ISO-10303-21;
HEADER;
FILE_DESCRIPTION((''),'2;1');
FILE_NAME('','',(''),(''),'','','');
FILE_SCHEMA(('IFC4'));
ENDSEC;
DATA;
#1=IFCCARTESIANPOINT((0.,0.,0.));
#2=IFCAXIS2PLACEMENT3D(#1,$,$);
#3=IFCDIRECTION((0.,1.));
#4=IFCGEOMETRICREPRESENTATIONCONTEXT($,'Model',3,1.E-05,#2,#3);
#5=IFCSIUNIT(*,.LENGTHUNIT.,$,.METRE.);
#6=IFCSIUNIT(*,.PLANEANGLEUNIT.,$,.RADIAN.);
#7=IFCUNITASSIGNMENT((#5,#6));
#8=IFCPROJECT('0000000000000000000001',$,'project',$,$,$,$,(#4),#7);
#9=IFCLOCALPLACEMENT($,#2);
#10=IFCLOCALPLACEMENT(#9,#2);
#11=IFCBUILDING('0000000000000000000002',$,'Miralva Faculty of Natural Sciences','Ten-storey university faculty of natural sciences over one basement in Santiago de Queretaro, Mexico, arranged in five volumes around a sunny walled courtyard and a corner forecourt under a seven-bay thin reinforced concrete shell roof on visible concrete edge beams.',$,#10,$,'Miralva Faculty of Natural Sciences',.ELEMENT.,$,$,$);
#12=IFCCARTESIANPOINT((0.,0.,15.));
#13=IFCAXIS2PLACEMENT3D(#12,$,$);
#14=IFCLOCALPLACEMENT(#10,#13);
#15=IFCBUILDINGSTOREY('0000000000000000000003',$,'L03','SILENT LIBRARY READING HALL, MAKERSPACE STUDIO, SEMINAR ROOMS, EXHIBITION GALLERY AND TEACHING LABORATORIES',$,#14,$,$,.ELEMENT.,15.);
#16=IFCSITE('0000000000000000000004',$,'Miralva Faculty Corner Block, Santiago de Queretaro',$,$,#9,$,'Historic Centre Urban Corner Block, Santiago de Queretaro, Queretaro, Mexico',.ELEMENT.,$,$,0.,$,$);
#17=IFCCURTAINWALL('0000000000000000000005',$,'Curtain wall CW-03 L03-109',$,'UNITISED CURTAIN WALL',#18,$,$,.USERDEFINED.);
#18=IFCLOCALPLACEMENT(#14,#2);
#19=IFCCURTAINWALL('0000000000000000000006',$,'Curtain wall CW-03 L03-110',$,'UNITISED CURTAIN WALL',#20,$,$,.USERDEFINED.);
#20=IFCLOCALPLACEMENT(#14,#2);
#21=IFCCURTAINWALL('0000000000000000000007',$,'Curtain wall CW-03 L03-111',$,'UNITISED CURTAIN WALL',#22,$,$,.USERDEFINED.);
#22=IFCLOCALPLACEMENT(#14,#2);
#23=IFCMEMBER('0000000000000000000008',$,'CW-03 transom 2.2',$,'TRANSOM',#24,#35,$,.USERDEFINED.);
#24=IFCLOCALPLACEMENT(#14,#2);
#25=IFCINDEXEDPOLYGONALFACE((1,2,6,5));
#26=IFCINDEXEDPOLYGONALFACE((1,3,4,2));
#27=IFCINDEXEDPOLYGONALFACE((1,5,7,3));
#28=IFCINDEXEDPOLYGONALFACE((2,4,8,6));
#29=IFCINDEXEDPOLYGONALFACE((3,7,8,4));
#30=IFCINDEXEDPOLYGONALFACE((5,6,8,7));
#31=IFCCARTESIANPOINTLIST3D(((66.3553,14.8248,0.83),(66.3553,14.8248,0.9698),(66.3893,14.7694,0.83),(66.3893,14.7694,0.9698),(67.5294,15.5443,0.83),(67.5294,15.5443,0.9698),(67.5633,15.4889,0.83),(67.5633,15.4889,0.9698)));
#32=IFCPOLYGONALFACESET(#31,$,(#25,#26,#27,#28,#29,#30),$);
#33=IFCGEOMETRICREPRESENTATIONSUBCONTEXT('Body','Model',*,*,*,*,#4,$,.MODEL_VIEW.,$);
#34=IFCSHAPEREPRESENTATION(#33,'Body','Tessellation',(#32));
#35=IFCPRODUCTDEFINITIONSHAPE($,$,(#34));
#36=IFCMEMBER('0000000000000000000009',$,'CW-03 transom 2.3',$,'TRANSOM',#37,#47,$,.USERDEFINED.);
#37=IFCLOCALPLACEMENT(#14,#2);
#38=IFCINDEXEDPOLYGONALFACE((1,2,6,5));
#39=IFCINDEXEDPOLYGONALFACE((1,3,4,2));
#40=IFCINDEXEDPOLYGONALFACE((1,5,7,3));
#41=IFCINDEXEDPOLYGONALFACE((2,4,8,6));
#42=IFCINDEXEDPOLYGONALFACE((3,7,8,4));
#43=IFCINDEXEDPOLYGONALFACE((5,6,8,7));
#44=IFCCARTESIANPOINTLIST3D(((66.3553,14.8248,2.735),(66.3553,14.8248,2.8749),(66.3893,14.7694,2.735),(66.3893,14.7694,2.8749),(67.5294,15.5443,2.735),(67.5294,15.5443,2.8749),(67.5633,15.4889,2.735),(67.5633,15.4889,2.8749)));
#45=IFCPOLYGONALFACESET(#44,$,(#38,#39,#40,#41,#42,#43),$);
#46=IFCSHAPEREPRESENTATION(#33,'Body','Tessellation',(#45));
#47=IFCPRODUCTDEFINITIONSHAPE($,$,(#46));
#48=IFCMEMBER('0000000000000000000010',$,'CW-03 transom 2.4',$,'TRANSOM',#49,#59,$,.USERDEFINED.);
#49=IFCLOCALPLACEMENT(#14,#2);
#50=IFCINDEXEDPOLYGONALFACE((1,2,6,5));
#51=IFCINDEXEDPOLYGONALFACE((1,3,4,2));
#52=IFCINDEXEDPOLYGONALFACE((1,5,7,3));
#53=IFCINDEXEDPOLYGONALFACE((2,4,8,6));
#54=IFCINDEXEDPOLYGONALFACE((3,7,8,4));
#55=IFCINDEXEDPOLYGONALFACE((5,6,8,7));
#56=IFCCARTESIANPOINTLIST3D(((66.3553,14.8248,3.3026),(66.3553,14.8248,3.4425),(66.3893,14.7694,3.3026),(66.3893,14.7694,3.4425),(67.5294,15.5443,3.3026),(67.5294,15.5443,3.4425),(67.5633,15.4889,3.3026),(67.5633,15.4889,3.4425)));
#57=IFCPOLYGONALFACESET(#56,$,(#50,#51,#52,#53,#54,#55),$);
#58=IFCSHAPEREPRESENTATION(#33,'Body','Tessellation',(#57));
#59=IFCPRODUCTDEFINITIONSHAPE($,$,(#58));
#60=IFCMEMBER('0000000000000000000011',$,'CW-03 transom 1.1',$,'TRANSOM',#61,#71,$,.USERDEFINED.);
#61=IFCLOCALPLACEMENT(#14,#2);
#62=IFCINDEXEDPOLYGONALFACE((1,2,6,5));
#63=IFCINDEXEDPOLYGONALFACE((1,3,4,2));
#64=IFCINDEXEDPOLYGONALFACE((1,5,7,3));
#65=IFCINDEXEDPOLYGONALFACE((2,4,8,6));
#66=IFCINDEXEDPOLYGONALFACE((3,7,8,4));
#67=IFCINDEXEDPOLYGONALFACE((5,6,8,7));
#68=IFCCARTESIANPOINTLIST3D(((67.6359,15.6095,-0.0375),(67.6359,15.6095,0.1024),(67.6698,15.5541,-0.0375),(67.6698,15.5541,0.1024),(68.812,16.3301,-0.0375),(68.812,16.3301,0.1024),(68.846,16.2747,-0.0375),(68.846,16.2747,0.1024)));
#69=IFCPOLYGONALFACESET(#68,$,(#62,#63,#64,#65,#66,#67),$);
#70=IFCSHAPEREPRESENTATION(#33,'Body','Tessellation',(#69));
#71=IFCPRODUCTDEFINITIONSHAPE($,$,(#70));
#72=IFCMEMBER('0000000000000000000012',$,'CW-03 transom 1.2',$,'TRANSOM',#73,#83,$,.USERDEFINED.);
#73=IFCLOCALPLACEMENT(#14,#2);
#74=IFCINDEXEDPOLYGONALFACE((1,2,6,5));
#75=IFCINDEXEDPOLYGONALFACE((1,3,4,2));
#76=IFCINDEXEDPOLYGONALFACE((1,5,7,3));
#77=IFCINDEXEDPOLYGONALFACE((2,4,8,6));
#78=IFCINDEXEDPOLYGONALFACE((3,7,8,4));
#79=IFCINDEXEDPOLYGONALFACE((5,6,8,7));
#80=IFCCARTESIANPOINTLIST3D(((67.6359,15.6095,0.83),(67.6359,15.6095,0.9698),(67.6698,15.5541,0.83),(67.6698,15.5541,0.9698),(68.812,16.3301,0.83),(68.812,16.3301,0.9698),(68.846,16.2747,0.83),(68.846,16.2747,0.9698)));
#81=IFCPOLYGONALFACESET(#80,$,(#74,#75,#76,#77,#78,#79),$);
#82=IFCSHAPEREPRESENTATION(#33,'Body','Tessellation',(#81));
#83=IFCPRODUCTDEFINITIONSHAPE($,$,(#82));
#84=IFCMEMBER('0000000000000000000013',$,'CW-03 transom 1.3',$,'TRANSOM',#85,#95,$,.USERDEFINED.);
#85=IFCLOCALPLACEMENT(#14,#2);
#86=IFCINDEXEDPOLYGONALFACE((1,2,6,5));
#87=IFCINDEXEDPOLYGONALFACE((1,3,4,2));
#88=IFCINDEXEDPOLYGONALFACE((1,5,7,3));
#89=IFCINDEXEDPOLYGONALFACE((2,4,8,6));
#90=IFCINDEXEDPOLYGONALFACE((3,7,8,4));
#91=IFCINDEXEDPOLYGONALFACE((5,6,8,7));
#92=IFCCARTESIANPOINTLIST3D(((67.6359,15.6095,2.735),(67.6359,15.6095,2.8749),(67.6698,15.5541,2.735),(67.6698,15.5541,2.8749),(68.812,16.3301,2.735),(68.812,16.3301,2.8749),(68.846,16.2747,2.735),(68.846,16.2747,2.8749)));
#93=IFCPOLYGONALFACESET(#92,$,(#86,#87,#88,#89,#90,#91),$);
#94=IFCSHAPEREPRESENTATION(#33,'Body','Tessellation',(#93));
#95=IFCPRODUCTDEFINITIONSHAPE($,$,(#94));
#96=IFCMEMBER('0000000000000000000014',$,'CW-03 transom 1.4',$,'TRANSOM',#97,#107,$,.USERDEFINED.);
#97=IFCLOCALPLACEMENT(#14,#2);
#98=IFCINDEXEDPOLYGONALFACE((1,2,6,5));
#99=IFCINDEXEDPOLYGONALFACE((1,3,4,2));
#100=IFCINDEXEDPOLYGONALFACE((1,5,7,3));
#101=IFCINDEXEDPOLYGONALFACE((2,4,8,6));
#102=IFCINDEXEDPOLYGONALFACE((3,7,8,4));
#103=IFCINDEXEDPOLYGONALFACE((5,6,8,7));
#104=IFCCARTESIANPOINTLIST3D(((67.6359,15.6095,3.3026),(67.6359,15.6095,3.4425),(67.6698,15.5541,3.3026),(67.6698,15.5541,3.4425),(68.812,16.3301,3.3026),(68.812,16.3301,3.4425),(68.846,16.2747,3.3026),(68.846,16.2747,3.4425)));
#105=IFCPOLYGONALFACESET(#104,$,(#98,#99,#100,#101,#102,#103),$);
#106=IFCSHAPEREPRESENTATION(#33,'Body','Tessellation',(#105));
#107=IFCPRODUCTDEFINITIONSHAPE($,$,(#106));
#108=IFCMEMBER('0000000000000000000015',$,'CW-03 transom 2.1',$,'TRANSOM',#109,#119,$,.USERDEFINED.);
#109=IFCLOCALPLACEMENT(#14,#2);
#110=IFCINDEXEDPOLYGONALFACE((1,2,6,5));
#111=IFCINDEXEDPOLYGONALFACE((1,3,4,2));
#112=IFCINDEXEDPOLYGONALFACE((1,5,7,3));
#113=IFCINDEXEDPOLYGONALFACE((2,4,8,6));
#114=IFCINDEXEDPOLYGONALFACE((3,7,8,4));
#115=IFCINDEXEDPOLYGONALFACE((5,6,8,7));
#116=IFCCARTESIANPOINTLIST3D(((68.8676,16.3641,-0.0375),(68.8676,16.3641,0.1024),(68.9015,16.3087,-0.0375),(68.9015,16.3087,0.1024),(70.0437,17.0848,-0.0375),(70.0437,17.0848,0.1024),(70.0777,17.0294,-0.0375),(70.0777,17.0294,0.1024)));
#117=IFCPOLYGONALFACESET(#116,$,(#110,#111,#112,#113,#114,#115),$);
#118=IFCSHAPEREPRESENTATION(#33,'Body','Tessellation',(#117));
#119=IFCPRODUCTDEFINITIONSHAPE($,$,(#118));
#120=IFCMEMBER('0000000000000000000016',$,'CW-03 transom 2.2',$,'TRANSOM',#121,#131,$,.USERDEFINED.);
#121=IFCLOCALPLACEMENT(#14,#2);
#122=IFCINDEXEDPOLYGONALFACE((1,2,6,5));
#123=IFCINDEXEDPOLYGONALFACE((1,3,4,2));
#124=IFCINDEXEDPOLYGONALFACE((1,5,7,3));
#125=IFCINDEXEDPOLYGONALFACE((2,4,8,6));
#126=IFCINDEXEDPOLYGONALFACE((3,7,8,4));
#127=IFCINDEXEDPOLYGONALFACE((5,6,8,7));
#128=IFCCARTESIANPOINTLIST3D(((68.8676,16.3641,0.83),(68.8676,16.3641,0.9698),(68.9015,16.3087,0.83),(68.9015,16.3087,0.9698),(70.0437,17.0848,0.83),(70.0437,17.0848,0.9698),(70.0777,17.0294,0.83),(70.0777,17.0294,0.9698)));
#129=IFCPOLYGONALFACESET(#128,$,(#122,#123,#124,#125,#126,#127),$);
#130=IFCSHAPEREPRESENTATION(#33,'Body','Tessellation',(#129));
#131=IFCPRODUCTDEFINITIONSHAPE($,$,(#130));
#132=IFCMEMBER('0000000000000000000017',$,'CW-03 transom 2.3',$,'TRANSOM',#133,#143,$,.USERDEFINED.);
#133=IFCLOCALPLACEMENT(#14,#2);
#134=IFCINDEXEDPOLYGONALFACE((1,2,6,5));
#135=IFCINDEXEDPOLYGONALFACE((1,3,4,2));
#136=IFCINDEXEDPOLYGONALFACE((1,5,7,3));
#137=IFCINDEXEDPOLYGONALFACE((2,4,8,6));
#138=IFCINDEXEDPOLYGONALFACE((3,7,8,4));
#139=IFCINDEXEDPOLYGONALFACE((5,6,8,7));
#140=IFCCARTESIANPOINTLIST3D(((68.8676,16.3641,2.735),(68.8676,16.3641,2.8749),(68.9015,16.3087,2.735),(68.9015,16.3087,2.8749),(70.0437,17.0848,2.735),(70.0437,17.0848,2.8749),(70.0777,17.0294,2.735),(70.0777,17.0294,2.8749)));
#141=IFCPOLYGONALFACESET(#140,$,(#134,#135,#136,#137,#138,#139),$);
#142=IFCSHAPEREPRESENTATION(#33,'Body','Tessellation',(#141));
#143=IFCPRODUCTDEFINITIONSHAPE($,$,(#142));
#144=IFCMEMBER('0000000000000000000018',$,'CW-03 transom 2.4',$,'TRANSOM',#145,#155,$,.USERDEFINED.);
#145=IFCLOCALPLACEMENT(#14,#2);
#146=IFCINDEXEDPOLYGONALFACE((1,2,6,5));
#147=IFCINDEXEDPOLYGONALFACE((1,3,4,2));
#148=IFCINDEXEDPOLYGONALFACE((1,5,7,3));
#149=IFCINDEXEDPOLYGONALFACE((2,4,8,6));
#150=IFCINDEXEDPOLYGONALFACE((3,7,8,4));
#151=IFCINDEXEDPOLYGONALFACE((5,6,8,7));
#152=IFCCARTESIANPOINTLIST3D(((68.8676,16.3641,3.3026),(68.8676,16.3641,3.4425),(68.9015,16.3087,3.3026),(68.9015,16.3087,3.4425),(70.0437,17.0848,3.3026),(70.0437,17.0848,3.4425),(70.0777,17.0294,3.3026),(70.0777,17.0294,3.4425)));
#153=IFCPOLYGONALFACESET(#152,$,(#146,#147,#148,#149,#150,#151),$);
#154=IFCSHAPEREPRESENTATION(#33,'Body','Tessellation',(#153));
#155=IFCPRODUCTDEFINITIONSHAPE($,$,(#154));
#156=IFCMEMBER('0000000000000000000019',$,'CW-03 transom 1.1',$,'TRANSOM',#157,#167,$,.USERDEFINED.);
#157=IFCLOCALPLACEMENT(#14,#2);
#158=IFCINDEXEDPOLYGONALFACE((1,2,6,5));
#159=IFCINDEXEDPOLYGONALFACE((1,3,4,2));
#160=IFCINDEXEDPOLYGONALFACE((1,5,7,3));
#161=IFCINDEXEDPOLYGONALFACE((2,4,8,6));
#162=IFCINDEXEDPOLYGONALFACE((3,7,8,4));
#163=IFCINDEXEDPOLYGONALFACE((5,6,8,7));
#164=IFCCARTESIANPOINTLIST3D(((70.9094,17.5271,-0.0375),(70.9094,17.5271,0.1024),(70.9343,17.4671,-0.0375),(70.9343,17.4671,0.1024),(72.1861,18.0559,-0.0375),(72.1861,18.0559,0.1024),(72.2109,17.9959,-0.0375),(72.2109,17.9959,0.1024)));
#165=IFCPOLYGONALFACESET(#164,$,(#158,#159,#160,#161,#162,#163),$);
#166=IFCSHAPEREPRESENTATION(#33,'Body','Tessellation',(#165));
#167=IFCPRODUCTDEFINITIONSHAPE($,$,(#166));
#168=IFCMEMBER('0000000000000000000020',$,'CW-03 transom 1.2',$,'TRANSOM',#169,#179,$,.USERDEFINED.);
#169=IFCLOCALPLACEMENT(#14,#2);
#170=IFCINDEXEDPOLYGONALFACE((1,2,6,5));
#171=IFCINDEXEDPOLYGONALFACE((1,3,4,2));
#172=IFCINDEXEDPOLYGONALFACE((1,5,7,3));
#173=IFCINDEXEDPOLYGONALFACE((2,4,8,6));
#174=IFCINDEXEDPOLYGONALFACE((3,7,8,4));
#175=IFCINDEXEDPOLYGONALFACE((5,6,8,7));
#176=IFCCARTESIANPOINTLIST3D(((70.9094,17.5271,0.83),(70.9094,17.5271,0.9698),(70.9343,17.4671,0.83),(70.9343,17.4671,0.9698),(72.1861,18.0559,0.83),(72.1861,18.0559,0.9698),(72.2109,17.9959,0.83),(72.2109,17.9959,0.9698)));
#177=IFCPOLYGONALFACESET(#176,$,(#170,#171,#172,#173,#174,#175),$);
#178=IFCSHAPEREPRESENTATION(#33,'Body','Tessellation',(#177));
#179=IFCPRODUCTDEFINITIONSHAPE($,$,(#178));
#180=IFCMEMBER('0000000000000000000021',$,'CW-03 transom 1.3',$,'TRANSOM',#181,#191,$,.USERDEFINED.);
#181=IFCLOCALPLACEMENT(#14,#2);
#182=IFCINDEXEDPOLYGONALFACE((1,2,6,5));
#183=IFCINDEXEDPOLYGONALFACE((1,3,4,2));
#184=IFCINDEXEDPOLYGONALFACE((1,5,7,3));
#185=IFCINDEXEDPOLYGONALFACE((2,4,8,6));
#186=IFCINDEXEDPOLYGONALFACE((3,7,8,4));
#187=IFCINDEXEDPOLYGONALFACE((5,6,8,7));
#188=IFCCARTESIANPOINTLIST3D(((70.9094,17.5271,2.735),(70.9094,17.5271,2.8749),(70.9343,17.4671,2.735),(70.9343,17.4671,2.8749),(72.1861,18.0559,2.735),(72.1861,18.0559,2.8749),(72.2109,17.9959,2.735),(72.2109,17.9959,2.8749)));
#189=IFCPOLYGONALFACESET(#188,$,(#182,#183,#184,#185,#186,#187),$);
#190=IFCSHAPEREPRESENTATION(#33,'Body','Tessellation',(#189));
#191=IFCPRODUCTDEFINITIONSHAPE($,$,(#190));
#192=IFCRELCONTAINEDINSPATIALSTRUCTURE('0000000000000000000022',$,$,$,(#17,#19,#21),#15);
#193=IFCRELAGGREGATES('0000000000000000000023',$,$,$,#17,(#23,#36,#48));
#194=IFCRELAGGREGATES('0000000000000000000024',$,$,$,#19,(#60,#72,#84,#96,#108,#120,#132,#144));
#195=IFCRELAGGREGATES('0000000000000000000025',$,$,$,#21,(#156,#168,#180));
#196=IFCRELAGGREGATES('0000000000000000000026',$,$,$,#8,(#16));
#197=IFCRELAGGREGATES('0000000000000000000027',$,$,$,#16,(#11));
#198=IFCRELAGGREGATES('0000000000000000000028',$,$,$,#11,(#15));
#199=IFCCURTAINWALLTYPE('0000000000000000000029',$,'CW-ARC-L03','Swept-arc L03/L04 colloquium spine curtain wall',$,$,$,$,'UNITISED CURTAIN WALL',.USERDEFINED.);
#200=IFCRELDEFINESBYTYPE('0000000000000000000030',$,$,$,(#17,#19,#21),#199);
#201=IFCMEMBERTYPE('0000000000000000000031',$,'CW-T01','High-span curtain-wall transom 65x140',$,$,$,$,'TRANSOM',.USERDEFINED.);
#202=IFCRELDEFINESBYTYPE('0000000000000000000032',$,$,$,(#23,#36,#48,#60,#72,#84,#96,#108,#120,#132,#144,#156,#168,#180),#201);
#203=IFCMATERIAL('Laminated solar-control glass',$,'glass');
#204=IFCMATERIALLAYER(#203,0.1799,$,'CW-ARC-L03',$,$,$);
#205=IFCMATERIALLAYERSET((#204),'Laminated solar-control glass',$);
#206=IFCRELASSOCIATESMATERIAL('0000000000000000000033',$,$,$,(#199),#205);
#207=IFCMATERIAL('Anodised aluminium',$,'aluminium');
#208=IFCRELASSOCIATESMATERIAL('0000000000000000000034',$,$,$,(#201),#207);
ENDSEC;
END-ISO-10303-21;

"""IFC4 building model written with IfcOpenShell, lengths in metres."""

from ifc_helpers import new_model, si_unit, direction, frame, origin, origin_2d, place, context, subcontext, project, spatial, rectangle, extrude, material, layer, layer_set, material_profile, profile_set, type_object, element, aggregate, save


model = new_model("IFC4")

# Units and contexts
model_context = context("Model", 3, precision=1e-05, world=origin(), true_north=direction((0.0, 1.0)))
body_context = subcontext(model_context, "Body", "Model", "MODEL_VIEW")
ifc_project = project(units=[si_unit("LENGTHUNIT", "METRE"), si_unit("PLANEANGLEUNIT", "RADIAN")], contexts=[model_context])

# Site, building, storey
site_placement = place(None, origin())
site = spatial("IfcSite", under=ifc_project, at=site_placement, Name="Miralva Faculty Corner Block, Santiago de Queretaro", LongName="Historic Centre Urban Corner Block, Santiago de Queretaro, Queretaro, Mexico", CompositionType="ELEMENT", RefElevation=0.0)
building_placement = place(site_placement, origin())
building = spatial("IfcBuilding", under=site, at=building_placement, Name="Miralva Faculty of Natural Sciences", Description="Ten-storey university faculty of natural sciences over one basement in Santiago de Queretaro, Mexico, arranged in five volumes around a sunny walled courtyard and a corner forecourt under a seven-bay thin reinforced concrete shell roof on visible concrete edge beams.", LongName="Miralva Faculty of Natural Sciences", CompositionType="ELEMENT")
storey_placement = place(building_placement, frame((0.0, 0.0, 15.0)))
storey = spatial("IfcBuildingStorey", under=building, at=storey_placement, Name="L03", Description="SILENT LIBRARY READING HALL, MAKERSPACE STUDIO, SEMINAR ROOMS, EXHIBITION GALLERY AND TEACHING LABORATORIES", CompositionType="ELEMENT", Elevation=15.0)

# Curtain wall
ifc_material_1 = material(Name="Laminated solar-control glass", Category="glass")
ifc_layer_1 = layer(ifc_material_1, 0.1799, Name="CW-ARC-L03")
ifc_layer_set_1 = layer_set([ifc_layer_1], Name="Laminated solar-control glass")
curtain_wall_type = type_object("IfcCurtainWallType", Name="CW-ARC-L03", Description="Swept-arc L03/L04 colloquium spine curtain wall", ElementType="UNITISED CURTAIN WALL", PredefinedType="USERDEFINED", material=ifc_layer_set_1)
curtain_wall_1_placement = place(storey_placement, origin())
curtain_wall_1 = element("IfcCurtainWall", 1, at=curtain_wall_1_placement, inside=storey, type_object=curtain_wall_type, Name="Curtain wall CW-03 L03-109", ObjectType="UNITISED CURTAIN WALL", PredefinedType="USERDEFINED")
ifc_material_2 = material(Name="Anodised aluminium", Category="aluminium")

# Curtain wall
curtain_wall_2_placement = place(storey_placement, origin())
curtain_wall_2 = element("IfcCurtainWall", 2, at=curtain_wall_2_placement, inside=storey, type_object=curtain_wall_type, Name="Curtain wall CW-03 L03-110", ObjectType="UNITISED CURTAIN WALL", PredefinedType="USERDEFINED")

# Curtain wall
curtain_wall_3_placement = place(storey_placement, origin())
curtain_wall_3 = element("IfcCurtainWall", 3, at=curtain_wall_3_placement, inside=storey, type_object=curtain_wall_type, Name="Curtain wall CW-03 L03-111", ObjectType="UNITISED CURTAIN WALL", PredefinedType="USERDEFINED")

# Members
ifc_material_profile_1 = material_profile(ifc_material_2, rectangle(XDim=0.0649, YDim=0.1399, at=origin_2d()), Name="TRANSOM 65x140")
ifc_profile_set_1 = profile_set([ifc_material_profile_1], Name="Anodised aluminium")
member_type_1 = type_object("IfcMemberType", Name="CW-T01", Description="High-span curtain-wall transom 65x140", ElementType="TRANSOM", PredefinedType="USERDEFINED", material=ifc_profile_set_1)
member_1_placement = place(storey_placement, frame((66.3723, 14.7971, 0.8999), z_axis=(0.852637, 0.522504, 0.0), x_axis=(-0.522504, 0.852637, 0.0)))
member_1 = element("IfcMember", 4, at=member_1_placement, type_object=member_type_1, Name="CW-03 transom 2.2", ObjectType="TRANSOM", PredefinedType="USERDEFINED", context=body_context, shape_type="SweptSolid", body=[
    extrude(rectangle(XDim=0.0649, YDim=0.1399, at=origin_2d()), origin(), (0.0, 0.0, 1.0), 1.377),
])
member_2_placement = place(storey_placement, frame((66.3723, 14.7971, 2.8049), z_axis=(0.852637, 0.522504, 0.0), x_axis=(-0.522504, 0.852637, 0.0)))
member_2 = element("IfcMember", 5, at=member_2_placement, type_object=member_type_1, Name="CW-03 transom 2.3", ObjectType="TRANSOM", PredefinedType="USERDEFINED", context=body_context, shape_type="SweptSolid", body=[
    extrude(rectangle(XDim=0.0649, YDim=0.1399, at=origin_2d()), origin(), (0.0, 0.0, 1.0), 1.377),
])
member_3_placement = place(storey_placement, frame((66.3723, 14.7971, 3.3726), z_axis=(0.852637, 0.522504, 0.0), x_axis=(-0.522504, 0.852637, 0.0)))
member_3 = element("IfcMember", 6, at=member_3_placement, type_object=member_type_1, Name="CW-03 transom 2.4", ObjectType="TRANSOM", PredefinedType="USERDEFINED", context=body_context, shape_type="SweptSolid", body=[
    extrude(rectangle(XDim=0.0649, YDim=0.1399, at=origin_2d()), origin(), (0.0, 0.0, 1.0), 1.377),
])
member_4_placement = place(storey_placement, frame((67.6528, 15.5818, 0.0325), z_axis=(0.852678, 0.522438, 0.0), x_axis=(-0.522438, 0.852678, 0.0)))
member_4 = element("IfcMember", 7, at=member_4_placement, type_object=member_type_1, Name="CW-03 transom 1.1", ObjectType="TRANSOM", PredefinedType="USERDEFINED", context=body_context, shape_type="SweptSolid", body=[
    extrude(rectangle(XDim=0.0649, YDim=0.1399, at=origin_2d()), origin(), (0.0, 0.0, 1.0), 1.3794),
])
member_5_placement = place(storey_placement, frame((67.6528, 15.5818, 0.8999), z_axis=(0.852678, 0.522438, 0.0), x_axis=(-0.522438, 0.852678, 0.0)))
member_5 = element("IfcMember", 8, at=member_5_placement, type_object=member_type_1, Name="CW-03 transom 1.2", ObjectType="TRANSOM", PredefinedType="USERDEFINED", context=body_context, shape_type="SweptSolid", body=[
    extrude(rectangle(XDim=0.0649, YDim=0.1399, at=origin_2d()), origin(), (0.0, 0.0, 1.0), 1.3794),
])
member_6_placement = place(storey_placement, frame((67.6528, 15.5818, 2.8049), z_axis=(0.852678, 0.522438, 0.0), x_axis=(-0.522438, 0.852678, 0.0)))
member_6 = element("IfcMember", 9, at=member_6_placement, type_object=member_type_1, Name="CW-03 transom 1.3", ObjectType="TRANSOM", PredefinedType="USERDEFINED", context=body_context, shape_type="SweptSolid", body=[
    extrude(rectangle(XDim=0.0649, YDim=0.1399, at=origin_2d()), origin(), (0.0, 0.0, 1.0), 1.3794),
])
member_7_placement = place(storey_placement, frame((67.6528, 15.5818, 3.3726), z_axis=(0.852678, 0.522438, 0.0), x_axis=(-0.522438, 0.852678, 0.0)))
member_7 = element("IfcMember", 10, at=member_7_placement, type_object=member_type_1, Name="CW-03 transom 1.4", ObjectType="TRANSOM", PredefinedType="USERDEFINED", context=body_context, shape_type="SweptSolid", body=[
    extrude(rectangle(XDim=0.0649, YDim=0.1399, at=origin_2d()), origin(), (0.0, 0.0, 1.0), 1.3794),
])
member_8_placement = place(storey_placement, frame((68.8845, 16.3364, 0.0325), z_axis=(0.852678, 0.522438, 0.0), x_axis=(-0.522438, 0.852678, 0.0)))
member_8 = element("IfcMember", 11, at=member_8_placement, type_object=member_type_1, Name="CW-03 transom 2.1", ObjectType="TRANSOM", PredefinedType="USERDEFINED", context=body_context, shape_type="SweptSolid", body=[
    extrude(rectangle(XDim=0.0649, YDim=0.1399, at=origin_2d()), origin(), (0.0, 0.0, 1.0), 1.3794),
])
member_9_placement = place(storey_placement, frame((68.8845, 16.3364, 0.8999), z_axis=(0.852678, 0.522438, 0.0), x_axis=(-0.522438, 0.852678, 0.0)))
member_9 = element("IfcMember", 12, at=member_9_placement, type_object=member_type_1, Name="CW-03 transom 2.2", ObjectType="TRANSOM", PredefinedType="USERDEFINED", context=body_context, shape_type="SweptSolid", body=[
    extrude(rectangle(XDim=0.0649, YDim=0.1399, at=origin_2d()), origin(), (0.0, 0.0, 1.0), 1.3794),
])
member_10_placement = place(storey_placement, frame((68.8845, 16.3364, 2.8049), z_axis=(0.852678, 0.522438, 0.0), x_axis=(-0.522438, 0.852678, 0.0)))
member_10 = element("IfcMember", 13, at=member_10_placement, type_object=member_type_1, Name="CW-03 transom 2.3", ObjectType="TRANSOM", PredefinedType="USERDEFINED", context=body_context, shape_type="SweptSolid", body=[
    extrude(rectangle(XDim=0.0649, YDim=0.1399, at=origin_2d()), origin(), (0.0, 0.0, 1.0), 1.3794),
])
member_11_placement = place(storey_placement, frame((68.8845, 16.3364, 3.3726), z_axis=(0.852678, 0.522438, 0.0), x_axis=(-0.522438, 0.852678, 0.0)))
member_11 = element("IfcMember", 14, at=member_11_placement, type_object=member_type_1, Name="CW-03 transom 2.4", ObjectType="TRANSOM", PredefinedType="USERDEFINED", context=body_context, shape_type="SweptSolid", body=[
    extrude(rectangle(XDim=0.0649, YDim=0.1399, at=origin_2d()), origin(), (0.0, 0.0, 1.0), 1.3794),
])
member_12_placement = place(storey_placement, frame((70.9219, 17.4971, 0.0325), z_axis=(0.923875, 0.382695, 0.0), x_axis=(-0.382695, 0.923875, 0.0)))
member_12 = element("IfcMember", 15, at=member_12_placement, type_object=member_type_1, Name="CW-03 transom 1.1", ObjectType="TRANSOM", PredefinedType="USERDEFINED", context=body_context, shape_type="SweptSolid", body=[
    extrude(rectangle(XDim=0.0649, YDim=0.1399, at=origin_2d()), origin(), (0.0, 0.0, 1.0), 1.3818),
])
member_13_placement = place(storey_placement, frame((70.9219, 17.4971, 0.8999), z_axis=(0.923875, 0.382695, 0.0), x_axis=(-0.382695, 0.923875, 0.0)))
member_13 = element("IfcMember", 16, at=member_13_placement, type_object=member_type_1, Name="CW-03 transom 1.2", ObjectType="TRANSOM", PredefinedType="USERDEFINED", context=body_context, shape_type="SweptSolid", body=[
    extrude(rectangle(XDim=0.0649, YDim=0.1399, at=origin_2d()), origin(), (0.0, 0.0, 1.0), 1.3818),
])
member_14_placement = place(storey_placement, frame((70.9219, 17.4971, 2.8049), z_axis=(0.923875, 0.382695, 0.0), x_axis=(-0.382695, 0.923875, 0.0)))
member_14 = element("IfcMember", 17, at=member_14_placement, type_object=member_type_1, Name="CW-03 transom 1.3", ObjectType="TRANSOM", PredefinedType="USERDEFINED", context=body_context, shape_type="SweptSolid", body=[
    extrude(rectangle(XDim=0.0649, YDim=0.1399, at=origin_2d()), origin(), (0.0, 0.0, 1.0), 1.3818),
])

aggregate(curtain_wall_1, [member_1, member_2, member_3])
aggregate(curtain_wall_2, [member_4, member_5, member_6, member_7, member_8, member_9, member_10, member_11])
aggregate(curtain_wall_3, [member_12, member_13, member_14])

save(model, "model.ifc")
